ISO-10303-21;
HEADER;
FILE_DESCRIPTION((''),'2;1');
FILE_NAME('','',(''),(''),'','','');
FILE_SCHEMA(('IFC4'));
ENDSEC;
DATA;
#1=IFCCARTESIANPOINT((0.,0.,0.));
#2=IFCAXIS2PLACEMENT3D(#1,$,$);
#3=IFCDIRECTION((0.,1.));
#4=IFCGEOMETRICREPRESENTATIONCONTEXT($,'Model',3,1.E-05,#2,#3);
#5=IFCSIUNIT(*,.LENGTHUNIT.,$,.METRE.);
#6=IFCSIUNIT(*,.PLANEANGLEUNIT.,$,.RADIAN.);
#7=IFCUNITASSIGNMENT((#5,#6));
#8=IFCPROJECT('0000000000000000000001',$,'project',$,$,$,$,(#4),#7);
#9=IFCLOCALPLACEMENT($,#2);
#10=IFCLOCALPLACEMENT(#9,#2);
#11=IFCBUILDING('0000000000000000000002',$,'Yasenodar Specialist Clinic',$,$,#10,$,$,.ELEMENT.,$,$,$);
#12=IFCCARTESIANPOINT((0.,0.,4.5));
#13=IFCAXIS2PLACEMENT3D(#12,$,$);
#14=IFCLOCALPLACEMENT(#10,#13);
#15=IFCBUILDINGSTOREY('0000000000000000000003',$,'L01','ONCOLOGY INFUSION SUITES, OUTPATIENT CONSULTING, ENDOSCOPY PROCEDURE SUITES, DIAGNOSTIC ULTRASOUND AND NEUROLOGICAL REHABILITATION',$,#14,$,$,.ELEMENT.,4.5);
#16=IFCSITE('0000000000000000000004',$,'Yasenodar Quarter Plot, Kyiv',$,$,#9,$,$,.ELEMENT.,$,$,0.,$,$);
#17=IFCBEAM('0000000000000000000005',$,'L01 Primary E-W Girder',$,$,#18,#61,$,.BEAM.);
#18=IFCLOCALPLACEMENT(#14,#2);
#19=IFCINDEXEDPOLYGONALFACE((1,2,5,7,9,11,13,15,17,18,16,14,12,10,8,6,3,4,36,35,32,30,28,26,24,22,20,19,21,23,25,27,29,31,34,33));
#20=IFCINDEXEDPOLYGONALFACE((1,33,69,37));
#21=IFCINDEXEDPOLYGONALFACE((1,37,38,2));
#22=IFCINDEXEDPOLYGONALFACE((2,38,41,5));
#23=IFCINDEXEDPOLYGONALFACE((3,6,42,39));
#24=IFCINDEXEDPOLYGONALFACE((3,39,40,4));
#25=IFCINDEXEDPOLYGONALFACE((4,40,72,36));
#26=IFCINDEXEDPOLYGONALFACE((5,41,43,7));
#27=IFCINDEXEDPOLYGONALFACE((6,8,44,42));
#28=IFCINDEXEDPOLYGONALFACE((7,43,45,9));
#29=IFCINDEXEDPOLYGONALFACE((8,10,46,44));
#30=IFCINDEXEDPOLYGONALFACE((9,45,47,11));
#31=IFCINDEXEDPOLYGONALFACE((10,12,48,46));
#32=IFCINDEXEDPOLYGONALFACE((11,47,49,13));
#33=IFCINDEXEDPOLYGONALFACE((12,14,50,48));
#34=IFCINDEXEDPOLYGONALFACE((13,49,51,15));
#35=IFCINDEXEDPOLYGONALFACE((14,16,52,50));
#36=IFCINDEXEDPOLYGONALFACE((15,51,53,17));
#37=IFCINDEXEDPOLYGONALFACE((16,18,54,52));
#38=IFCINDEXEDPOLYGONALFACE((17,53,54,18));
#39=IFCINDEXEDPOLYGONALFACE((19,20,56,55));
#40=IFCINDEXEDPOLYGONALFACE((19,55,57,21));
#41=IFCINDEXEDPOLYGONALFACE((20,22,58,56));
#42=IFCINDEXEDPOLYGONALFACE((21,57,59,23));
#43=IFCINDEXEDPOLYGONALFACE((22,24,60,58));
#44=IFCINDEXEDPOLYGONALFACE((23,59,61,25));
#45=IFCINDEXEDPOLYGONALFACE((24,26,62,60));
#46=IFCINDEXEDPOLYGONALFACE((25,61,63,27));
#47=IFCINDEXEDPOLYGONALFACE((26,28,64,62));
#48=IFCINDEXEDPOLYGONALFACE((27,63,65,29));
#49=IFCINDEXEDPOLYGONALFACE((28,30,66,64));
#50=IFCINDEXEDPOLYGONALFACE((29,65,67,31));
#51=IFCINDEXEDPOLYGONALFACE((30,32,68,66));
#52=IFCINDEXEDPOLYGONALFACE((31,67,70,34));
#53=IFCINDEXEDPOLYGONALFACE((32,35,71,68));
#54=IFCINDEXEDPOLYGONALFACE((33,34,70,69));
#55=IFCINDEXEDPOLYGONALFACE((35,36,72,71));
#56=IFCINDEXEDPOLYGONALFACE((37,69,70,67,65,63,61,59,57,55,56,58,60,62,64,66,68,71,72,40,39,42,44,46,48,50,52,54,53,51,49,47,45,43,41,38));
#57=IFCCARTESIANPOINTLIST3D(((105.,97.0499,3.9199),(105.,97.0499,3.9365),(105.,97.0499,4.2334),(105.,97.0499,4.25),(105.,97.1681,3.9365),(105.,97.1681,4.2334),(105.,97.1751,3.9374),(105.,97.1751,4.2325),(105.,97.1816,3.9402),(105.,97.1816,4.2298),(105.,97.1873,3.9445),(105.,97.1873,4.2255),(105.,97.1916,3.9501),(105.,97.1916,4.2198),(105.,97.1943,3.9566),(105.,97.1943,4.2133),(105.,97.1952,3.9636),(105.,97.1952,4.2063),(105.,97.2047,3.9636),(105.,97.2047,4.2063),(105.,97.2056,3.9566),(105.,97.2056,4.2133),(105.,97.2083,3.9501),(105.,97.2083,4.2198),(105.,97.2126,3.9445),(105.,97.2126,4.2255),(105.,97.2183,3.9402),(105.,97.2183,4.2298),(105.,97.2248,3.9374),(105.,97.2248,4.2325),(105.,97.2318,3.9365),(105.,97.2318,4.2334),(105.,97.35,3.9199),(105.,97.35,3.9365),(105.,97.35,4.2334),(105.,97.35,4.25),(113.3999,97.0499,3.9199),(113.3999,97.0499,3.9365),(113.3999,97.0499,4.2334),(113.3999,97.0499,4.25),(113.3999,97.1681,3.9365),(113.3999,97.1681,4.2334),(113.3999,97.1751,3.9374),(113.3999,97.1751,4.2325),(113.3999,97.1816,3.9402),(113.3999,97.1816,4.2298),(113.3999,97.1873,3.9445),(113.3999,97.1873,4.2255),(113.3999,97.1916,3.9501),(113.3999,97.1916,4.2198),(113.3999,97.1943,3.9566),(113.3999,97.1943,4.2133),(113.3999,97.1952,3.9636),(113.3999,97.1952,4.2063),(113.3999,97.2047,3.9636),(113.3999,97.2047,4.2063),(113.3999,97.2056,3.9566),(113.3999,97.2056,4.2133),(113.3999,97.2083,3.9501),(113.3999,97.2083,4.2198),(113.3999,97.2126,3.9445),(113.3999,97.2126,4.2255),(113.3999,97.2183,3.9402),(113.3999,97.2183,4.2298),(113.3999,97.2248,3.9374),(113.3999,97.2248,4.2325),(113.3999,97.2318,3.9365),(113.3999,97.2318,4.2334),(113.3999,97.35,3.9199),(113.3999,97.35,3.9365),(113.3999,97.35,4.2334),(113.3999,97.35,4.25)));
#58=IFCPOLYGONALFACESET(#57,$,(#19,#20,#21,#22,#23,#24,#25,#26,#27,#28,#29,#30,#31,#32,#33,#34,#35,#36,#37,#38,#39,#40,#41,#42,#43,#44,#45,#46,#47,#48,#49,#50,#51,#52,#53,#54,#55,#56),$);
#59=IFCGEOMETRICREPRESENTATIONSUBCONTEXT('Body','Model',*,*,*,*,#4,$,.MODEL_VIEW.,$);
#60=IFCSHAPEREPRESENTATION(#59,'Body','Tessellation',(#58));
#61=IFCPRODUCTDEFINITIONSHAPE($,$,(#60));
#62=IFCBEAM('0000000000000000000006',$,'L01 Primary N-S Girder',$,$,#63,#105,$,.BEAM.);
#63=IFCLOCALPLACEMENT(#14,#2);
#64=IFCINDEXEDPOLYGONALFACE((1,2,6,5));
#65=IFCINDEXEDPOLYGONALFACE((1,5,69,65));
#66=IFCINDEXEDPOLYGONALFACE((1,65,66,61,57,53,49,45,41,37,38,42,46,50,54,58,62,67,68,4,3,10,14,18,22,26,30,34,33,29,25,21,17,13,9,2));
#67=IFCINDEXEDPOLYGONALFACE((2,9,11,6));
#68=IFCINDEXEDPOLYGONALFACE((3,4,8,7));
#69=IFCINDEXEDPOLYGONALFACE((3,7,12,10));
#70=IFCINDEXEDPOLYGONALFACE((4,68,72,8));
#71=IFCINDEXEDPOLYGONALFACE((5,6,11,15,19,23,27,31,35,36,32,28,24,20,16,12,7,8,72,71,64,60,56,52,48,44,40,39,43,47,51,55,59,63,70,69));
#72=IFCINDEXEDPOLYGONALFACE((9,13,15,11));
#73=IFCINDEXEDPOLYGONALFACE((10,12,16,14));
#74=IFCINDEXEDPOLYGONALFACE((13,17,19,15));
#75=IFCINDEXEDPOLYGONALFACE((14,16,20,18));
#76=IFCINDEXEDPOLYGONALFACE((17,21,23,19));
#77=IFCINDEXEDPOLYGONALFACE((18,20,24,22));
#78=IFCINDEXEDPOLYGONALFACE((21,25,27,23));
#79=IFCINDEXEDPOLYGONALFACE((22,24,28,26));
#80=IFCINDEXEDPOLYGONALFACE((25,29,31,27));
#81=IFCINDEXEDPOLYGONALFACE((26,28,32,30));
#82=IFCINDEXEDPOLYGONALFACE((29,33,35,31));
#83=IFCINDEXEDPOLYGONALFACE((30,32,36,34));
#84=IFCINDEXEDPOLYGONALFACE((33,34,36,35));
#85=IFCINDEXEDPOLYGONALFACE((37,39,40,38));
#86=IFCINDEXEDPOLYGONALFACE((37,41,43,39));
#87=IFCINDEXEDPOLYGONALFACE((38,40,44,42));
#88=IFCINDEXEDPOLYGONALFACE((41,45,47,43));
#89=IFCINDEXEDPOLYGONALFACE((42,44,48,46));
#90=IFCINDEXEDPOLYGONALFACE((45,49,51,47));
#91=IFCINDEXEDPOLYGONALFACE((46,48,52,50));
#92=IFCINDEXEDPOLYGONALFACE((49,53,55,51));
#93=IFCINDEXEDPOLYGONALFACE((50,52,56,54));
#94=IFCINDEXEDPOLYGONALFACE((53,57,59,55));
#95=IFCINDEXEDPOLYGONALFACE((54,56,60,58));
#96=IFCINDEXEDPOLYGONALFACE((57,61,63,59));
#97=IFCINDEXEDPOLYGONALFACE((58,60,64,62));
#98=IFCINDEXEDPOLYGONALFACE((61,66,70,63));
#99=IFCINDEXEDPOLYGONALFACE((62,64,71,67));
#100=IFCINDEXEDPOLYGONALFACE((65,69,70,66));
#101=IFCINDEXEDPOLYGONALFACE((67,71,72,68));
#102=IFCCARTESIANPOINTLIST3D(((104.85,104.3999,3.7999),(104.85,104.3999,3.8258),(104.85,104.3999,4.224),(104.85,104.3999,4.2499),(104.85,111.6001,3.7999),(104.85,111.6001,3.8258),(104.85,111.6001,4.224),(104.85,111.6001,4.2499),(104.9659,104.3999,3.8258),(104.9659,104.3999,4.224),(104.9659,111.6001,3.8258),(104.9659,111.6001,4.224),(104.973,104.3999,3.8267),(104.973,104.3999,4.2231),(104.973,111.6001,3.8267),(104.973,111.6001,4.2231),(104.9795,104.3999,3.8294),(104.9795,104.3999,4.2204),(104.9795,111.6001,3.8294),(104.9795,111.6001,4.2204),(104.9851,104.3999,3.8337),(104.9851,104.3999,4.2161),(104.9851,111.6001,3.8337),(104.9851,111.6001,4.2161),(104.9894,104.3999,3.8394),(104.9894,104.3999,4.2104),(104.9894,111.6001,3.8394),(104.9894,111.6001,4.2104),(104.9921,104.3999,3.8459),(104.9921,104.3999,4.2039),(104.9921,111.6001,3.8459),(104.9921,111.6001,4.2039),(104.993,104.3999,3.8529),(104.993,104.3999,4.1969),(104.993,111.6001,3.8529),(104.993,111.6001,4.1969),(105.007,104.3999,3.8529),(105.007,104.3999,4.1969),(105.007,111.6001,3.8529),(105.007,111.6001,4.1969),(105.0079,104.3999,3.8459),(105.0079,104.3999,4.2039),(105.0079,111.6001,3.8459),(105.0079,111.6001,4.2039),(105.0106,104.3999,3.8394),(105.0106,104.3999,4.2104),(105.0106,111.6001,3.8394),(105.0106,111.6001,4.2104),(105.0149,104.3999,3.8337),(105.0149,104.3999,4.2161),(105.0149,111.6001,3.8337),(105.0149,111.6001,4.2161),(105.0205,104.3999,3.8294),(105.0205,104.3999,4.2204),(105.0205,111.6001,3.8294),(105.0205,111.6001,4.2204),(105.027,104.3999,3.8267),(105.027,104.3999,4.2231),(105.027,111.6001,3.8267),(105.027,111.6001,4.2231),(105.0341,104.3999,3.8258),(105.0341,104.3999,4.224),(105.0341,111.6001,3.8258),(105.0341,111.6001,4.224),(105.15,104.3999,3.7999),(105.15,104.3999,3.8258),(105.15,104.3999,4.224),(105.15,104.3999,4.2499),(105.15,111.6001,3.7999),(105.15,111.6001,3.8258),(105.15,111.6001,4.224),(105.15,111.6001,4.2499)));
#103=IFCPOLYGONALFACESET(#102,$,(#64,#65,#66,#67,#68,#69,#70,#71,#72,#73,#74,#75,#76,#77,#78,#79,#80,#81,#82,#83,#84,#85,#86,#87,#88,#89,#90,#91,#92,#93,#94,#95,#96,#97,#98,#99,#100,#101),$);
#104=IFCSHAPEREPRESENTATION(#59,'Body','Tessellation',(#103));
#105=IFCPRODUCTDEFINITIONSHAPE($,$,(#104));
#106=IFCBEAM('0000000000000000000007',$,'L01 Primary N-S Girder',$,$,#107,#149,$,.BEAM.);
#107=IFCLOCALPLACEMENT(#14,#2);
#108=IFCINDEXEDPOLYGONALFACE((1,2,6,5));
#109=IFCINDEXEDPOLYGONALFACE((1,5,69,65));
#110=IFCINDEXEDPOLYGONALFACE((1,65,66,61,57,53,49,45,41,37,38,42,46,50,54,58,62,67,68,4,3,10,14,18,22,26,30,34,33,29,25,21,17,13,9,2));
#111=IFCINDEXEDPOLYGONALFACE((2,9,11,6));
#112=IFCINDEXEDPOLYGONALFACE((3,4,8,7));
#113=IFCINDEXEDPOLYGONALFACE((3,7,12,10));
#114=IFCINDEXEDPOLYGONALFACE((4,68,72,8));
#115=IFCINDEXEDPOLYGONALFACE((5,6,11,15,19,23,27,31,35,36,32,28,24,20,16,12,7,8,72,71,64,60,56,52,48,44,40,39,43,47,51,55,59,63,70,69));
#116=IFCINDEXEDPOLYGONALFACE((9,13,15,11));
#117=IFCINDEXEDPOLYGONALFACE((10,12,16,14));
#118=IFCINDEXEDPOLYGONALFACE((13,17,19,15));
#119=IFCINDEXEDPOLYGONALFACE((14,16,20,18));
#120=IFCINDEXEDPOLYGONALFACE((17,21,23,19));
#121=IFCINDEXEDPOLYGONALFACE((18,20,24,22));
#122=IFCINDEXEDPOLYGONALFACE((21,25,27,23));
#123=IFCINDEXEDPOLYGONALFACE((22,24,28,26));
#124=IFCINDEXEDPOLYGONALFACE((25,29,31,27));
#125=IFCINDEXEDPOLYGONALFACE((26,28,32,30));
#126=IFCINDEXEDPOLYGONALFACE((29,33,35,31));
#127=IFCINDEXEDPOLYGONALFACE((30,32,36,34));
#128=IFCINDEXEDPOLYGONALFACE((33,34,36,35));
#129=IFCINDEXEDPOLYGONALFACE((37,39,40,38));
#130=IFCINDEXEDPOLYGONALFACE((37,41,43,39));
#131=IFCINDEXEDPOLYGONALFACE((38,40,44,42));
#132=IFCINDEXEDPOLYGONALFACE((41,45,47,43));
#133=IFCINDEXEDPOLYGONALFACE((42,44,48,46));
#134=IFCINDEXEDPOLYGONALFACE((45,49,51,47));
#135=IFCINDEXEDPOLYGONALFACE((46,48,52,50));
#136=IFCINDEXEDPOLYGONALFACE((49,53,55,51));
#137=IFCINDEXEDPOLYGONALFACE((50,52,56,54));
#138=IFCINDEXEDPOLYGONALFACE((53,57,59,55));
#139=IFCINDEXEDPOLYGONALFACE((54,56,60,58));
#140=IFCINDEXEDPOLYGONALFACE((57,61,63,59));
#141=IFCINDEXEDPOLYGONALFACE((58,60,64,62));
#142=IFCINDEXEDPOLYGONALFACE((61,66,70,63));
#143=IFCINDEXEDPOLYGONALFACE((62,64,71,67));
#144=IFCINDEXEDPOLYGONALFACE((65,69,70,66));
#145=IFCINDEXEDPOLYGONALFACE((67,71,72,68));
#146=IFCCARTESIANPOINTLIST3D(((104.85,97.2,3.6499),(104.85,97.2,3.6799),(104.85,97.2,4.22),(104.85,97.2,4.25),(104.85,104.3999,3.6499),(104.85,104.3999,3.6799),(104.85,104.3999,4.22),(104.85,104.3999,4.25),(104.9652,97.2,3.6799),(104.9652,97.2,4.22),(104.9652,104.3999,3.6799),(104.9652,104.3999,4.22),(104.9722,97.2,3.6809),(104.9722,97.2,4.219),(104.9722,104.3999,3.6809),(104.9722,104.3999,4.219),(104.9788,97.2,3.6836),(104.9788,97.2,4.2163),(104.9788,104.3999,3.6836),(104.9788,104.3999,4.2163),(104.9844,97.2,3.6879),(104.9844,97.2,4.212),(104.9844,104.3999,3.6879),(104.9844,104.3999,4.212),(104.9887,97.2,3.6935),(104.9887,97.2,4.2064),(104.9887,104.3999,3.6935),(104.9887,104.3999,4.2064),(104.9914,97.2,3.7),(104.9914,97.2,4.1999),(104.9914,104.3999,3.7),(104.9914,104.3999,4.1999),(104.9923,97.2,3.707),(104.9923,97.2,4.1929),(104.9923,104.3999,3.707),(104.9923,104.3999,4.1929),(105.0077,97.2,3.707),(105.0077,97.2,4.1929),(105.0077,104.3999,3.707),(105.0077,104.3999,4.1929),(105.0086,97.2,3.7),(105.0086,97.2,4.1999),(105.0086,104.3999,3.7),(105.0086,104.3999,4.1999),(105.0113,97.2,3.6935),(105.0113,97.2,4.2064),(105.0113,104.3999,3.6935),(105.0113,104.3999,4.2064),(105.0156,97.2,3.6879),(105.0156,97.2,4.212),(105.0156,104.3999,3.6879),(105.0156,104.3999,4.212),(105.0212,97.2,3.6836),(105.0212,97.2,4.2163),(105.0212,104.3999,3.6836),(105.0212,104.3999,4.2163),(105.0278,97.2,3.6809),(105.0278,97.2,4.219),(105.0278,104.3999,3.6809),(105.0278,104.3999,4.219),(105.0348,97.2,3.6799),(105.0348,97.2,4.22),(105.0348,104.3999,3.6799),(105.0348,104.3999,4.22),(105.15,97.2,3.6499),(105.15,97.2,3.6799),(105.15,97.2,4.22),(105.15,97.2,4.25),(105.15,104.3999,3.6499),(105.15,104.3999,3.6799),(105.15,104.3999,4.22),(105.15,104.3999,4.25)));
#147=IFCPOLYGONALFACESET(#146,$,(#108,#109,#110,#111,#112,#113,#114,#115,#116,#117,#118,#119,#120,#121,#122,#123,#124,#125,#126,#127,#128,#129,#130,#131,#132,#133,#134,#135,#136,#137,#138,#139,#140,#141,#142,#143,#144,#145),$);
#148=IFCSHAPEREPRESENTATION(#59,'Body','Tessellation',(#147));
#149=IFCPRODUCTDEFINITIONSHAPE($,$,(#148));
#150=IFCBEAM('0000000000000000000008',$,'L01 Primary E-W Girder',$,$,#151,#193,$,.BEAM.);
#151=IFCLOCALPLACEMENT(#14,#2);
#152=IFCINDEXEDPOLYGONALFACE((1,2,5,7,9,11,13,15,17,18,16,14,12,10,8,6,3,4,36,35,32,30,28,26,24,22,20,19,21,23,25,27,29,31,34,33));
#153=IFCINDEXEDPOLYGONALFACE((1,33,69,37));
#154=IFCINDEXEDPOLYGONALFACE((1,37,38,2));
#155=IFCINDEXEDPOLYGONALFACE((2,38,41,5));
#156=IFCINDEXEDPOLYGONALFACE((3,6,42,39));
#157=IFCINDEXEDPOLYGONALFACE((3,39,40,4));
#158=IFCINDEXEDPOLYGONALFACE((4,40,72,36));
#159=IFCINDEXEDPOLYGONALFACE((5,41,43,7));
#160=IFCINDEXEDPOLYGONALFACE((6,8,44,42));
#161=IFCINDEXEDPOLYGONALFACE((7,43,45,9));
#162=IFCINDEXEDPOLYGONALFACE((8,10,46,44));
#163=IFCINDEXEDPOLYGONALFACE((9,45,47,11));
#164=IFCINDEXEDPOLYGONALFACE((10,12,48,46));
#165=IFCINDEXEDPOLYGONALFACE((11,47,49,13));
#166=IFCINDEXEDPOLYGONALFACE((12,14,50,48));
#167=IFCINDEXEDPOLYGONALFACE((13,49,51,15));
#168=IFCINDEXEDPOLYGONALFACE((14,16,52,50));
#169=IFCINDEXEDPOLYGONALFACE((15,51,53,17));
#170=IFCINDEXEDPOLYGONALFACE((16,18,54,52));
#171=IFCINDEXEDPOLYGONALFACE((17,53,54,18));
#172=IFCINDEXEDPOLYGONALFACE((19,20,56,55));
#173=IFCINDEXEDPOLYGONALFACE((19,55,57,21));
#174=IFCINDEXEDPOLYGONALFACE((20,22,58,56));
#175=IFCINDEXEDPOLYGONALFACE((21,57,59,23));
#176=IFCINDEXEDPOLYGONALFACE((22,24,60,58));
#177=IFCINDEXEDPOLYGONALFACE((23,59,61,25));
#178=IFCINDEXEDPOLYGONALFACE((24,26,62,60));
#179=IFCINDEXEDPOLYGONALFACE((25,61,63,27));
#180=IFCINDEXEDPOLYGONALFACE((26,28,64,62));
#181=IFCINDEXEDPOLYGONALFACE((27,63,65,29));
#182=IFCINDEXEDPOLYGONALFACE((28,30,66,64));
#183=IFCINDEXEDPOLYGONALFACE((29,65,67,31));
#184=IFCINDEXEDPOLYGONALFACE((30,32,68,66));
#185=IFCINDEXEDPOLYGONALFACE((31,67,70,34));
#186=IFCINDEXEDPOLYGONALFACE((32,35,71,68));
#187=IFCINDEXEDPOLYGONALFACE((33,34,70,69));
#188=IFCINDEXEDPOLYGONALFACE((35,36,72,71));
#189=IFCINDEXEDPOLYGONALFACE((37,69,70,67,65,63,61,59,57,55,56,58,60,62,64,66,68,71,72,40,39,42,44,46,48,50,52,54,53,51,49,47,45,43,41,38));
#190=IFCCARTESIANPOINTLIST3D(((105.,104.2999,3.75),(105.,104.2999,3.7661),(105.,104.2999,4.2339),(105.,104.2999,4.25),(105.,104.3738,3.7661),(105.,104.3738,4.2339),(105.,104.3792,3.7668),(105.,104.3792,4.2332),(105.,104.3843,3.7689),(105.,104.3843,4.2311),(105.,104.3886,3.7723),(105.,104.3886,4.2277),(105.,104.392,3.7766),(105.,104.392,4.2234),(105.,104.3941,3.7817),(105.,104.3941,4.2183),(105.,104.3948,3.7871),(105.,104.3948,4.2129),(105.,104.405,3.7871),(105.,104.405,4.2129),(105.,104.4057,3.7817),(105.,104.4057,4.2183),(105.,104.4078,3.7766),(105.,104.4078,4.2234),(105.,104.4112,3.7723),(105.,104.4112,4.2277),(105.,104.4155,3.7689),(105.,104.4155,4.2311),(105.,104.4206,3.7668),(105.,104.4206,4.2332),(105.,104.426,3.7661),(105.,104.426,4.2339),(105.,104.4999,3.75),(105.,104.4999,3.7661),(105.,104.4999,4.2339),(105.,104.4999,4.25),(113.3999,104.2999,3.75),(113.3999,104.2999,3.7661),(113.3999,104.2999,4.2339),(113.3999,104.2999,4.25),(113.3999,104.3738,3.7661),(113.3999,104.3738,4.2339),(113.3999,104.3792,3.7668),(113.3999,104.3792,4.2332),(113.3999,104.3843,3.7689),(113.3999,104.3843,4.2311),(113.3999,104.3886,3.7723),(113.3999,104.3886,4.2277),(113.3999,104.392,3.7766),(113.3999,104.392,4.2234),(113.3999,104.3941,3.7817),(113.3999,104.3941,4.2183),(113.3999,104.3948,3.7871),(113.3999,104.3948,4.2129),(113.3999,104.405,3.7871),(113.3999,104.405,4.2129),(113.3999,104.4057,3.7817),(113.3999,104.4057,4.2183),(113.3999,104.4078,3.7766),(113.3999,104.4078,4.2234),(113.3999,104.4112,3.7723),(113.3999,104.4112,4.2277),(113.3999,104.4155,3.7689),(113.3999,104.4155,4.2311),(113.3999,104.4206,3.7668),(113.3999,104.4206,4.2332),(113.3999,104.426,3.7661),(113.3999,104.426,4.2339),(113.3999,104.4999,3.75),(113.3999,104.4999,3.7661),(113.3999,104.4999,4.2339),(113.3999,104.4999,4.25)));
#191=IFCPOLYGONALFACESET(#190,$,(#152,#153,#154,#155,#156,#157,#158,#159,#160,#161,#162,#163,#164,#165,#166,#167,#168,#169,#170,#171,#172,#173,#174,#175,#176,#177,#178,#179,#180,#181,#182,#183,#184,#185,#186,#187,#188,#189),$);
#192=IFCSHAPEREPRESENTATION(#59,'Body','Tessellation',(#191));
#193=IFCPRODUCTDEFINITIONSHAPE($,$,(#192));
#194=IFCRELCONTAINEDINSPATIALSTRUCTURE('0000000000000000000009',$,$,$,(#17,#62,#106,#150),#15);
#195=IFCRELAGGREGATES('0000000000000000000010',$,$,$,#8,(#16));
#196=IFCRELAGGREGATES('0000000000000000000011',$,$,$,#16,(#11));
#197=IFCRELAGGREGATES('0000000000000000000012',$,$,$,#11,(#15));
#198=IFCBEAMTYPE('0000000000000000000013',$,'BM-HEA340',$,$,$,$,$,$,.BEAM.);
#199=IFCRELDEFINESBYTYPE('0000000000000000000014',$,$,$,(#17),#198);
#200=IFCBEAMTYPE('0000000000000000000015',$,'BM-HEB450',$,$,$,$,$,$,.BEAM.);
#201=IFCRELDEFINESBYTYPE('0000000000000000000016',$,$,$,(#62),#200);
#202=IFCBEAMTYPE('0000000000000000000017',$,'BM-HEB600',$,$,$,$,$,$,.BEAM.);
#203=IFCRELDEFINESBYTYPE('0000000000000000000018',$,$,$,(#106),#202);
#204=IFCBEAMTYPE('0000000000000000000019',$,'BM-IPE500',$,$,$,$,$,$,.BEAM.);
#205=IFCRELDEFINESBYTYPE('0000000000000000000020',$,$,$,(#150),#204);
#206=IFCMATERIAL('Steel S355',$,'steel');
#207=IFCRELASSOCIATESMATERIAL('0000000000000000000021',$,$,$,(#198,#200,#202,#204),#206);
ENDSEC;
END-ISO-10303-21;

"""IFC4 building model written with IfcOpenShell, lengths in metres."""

from ifc_helpers import new_model, si_unit, direction, frame, origin, origin_2d, place, context, subcontext, project, spatial, i_section, extrude, material, material_profile, profile_set, type_object, element, save


model = new_model("IFC4")

# Units and contexts
model_context = context("Model", 3, precision=1e-05, world=origin(), true_north=direction((0.0, 1.0)))
body_context = subcontext(model_context, "Body", "Model", "MODEL_VIEW")
ifc_project = project(units=[si_unit("LENGTHUNIT", "METRE"), si_unit("PLANEANGLEUNIT", "RADIAN")], contexts=[model_context])

# Site, building, storey
site_placement = place(None, origin())
site = spatial("IfcSite", under=ifc_project, at=site_placement, Name="Yasenodar Quarter Plot, Kyiv", CompositionType="ELEMENT", RefElevation=0.0)
building_placement = place(site_placement, origin())
building = spatial("IfcBuilding", under=site, at=building_placement, Name="Yasenodar Specialist Clinic", CompositionType="ELEMENT")
storey_placement = place(building_placement, frame((0.0, 0.0, 4.5)))
storey = spatial("IfcBuildingStorey", under=building, at=storey_placement, Name="L01", Description="ONCOLOGY INFUSION SUITES, OUTPATIENT CONSULTING, ENDOSCOPY PROCEDURE SUITES, DIAGNOSTIC ULTRASOUND AND NEUROLOGICAL REHABILITATION", CompositionType="ELEMENT", Elevation=4.5)

# Shared definitions
ifc_material_1 = material(Name="Steel S355", Category="steel")

# Beams
ifc_material_profile_1 = material_profile(ifc_material_1, i_section(OverallWidth=0.3, OverallDepth=0.3301, WebThickness=0.0095, FlangeThickness=0.0166, FilletRadius=0.0271, at=origin_2d()), Name="HEA 340")
ifc_profile_set_1 = profile_set([ifc_material_profile_1], Name="Steel S355")
beam_type_1 = type_object("IfcBeamType", Name="BM-HEA340", PredefinedType="BEAM", material=ifc_profile_set_1)
beam_1_placement = place(storey_placement, frame((105.0, 97.2, 4.085), z_axis=(1.0, 0.0, 0.0), x_axis=(0.0, 1.0, 0.0)))
element("IfcBeam", 1, at=beam_1_placement, inside=storey, type_object=beam_type_1, Name="L01 Primary E-W Girder", PredefinedType="BEAM", context=body_context, shape_type="SweptSolid", body=[
    extrude(i_section(OverallWidth=0.3, OverallDepth=0.3301, WebThickness=0.0095, FlangeThickness=0.0166, FilletRadius=0.0271, at=origin_2d()), origin(), (0.0, 0.0, 1.0), 8.3999),
])
ifc_material_profile_2 = material_profile(ifc_material_1, i_section(OverallWidth=0.3, OverallDepth=0.45, WebThickness=0.0139, FlangeThickness=0.0259, FilletRadius=0.0271, at=origin_2d()), Name="HEB 450")
ifc_profile_set_2 = profile_set([ifc_material_profile_2], Name="Steel S355")
beam_type_2 = type_object("IfcBeamType", Name="BM-HEB450", PredefinedType="BEAM", material=ifc_profile_set_2)
beam_2_placement = place(storey_placement, frame((105.0, 104.3999, 4.0249), z_axis=(0.0, 1.0, 0.0), x_axis=(-1.0, 0.0, 0.0)))
element("IfcBeam", 2, at=beam_2_placement, inside=storey, type_object=beam_type_2, Name="L01 Primary N-S Girder", PredefinedType="BEAM", context=body_context, shape_type="SweptSolid", body=[
    extrude(i_section(OverallWidth=0.3, OverallDepth=0.45, WebThickness=0.0139, FlangeThickness=0.0259, FilletRadius=0.0271, at=origin_2d()), origin(), (0.0, 0.0, 1.0), 7.2002),
])
ifc_material_profile_3 = material_profile(ifc_material_1, i_section(OverallWidth=0.3, OverallDepth=0.6001, WebThickness=0.0154, FlangeThickness=0.03, FilletRadius=0.0271, at=origin_2d()), Name="HEB 600")
ifc_profile_set_3 = profile_set([ifc_material_profile_3], Name="Steel S355")
beam_type_3 = type_object("IfcBeamType", Name="BM-HEB600", PredefinedType="BEAM", material=ifc_profile_set_3)
beam_3_placement = place(storey_placement, frame((105.0, 97.2, 3.95), z_axis=(0.0, 1.0, 0.0), x_axis=(-1.0, 0.0, 0.0)))
element("IfcBeam", 3, at=beam_3_placement, inside=storey, type_object=beam_type_3, Name="L01 Primary N-S Girder", PredefinedType="BEAM", context=body_context, shape_type="SweptSolid", body=[
    extrude(i_section(OverallWidth=0.3, OverallDepth=0.6001, WebThickness=0.0154, FlangeThickness=0.03, FilletRadius=0.0271, at=origin_2d()), origin(), (0.0, 0.0, 1.0), 7.2),
])
ifc_material_profile_4 = material_profile(ifc_material_1, i_section(OverallWidth=0.2, OverallDepth=0.5, WebThickness=0.0103, FlangeThickness=0.0161, FilletRadius=0.021, at=origin_2d()), Name="IPE 500")
ifc_profile_set_4 = profile_set([ifc_material_profile_4], Name="Steel S355")
beam_type_4 = type_object("IfcBeamType", Name="BM-IPE500", PredefinedType="BEAM", material=ifc_profile_set_4)
beam_4_placement = place(storey_placement, frame((105.0, 104.3999, 4.0), z_axis=(1.0, 0.0, 0.0), x_axis=(0.0, 1.0, 0.0)))
element("IfcBeam", 4, at=beam_4_placement, inside=storey, type_object=beam_type_4, Name="L01 Primary E-W Girder", PredefinedType="BEAM", context=body_context, shape_type="SweptSolid", body=[
    extrude(i_section(OverallWidth=0.2, OverallDepth=0.5, WebThickness=0.0103, FlangeThickness=0.0161, FilletRadius=0.021, at=origin_2d()), origin(), (0.0, 0.0, 1.0), 8.3999),
])

save(model, "model.ifc")
